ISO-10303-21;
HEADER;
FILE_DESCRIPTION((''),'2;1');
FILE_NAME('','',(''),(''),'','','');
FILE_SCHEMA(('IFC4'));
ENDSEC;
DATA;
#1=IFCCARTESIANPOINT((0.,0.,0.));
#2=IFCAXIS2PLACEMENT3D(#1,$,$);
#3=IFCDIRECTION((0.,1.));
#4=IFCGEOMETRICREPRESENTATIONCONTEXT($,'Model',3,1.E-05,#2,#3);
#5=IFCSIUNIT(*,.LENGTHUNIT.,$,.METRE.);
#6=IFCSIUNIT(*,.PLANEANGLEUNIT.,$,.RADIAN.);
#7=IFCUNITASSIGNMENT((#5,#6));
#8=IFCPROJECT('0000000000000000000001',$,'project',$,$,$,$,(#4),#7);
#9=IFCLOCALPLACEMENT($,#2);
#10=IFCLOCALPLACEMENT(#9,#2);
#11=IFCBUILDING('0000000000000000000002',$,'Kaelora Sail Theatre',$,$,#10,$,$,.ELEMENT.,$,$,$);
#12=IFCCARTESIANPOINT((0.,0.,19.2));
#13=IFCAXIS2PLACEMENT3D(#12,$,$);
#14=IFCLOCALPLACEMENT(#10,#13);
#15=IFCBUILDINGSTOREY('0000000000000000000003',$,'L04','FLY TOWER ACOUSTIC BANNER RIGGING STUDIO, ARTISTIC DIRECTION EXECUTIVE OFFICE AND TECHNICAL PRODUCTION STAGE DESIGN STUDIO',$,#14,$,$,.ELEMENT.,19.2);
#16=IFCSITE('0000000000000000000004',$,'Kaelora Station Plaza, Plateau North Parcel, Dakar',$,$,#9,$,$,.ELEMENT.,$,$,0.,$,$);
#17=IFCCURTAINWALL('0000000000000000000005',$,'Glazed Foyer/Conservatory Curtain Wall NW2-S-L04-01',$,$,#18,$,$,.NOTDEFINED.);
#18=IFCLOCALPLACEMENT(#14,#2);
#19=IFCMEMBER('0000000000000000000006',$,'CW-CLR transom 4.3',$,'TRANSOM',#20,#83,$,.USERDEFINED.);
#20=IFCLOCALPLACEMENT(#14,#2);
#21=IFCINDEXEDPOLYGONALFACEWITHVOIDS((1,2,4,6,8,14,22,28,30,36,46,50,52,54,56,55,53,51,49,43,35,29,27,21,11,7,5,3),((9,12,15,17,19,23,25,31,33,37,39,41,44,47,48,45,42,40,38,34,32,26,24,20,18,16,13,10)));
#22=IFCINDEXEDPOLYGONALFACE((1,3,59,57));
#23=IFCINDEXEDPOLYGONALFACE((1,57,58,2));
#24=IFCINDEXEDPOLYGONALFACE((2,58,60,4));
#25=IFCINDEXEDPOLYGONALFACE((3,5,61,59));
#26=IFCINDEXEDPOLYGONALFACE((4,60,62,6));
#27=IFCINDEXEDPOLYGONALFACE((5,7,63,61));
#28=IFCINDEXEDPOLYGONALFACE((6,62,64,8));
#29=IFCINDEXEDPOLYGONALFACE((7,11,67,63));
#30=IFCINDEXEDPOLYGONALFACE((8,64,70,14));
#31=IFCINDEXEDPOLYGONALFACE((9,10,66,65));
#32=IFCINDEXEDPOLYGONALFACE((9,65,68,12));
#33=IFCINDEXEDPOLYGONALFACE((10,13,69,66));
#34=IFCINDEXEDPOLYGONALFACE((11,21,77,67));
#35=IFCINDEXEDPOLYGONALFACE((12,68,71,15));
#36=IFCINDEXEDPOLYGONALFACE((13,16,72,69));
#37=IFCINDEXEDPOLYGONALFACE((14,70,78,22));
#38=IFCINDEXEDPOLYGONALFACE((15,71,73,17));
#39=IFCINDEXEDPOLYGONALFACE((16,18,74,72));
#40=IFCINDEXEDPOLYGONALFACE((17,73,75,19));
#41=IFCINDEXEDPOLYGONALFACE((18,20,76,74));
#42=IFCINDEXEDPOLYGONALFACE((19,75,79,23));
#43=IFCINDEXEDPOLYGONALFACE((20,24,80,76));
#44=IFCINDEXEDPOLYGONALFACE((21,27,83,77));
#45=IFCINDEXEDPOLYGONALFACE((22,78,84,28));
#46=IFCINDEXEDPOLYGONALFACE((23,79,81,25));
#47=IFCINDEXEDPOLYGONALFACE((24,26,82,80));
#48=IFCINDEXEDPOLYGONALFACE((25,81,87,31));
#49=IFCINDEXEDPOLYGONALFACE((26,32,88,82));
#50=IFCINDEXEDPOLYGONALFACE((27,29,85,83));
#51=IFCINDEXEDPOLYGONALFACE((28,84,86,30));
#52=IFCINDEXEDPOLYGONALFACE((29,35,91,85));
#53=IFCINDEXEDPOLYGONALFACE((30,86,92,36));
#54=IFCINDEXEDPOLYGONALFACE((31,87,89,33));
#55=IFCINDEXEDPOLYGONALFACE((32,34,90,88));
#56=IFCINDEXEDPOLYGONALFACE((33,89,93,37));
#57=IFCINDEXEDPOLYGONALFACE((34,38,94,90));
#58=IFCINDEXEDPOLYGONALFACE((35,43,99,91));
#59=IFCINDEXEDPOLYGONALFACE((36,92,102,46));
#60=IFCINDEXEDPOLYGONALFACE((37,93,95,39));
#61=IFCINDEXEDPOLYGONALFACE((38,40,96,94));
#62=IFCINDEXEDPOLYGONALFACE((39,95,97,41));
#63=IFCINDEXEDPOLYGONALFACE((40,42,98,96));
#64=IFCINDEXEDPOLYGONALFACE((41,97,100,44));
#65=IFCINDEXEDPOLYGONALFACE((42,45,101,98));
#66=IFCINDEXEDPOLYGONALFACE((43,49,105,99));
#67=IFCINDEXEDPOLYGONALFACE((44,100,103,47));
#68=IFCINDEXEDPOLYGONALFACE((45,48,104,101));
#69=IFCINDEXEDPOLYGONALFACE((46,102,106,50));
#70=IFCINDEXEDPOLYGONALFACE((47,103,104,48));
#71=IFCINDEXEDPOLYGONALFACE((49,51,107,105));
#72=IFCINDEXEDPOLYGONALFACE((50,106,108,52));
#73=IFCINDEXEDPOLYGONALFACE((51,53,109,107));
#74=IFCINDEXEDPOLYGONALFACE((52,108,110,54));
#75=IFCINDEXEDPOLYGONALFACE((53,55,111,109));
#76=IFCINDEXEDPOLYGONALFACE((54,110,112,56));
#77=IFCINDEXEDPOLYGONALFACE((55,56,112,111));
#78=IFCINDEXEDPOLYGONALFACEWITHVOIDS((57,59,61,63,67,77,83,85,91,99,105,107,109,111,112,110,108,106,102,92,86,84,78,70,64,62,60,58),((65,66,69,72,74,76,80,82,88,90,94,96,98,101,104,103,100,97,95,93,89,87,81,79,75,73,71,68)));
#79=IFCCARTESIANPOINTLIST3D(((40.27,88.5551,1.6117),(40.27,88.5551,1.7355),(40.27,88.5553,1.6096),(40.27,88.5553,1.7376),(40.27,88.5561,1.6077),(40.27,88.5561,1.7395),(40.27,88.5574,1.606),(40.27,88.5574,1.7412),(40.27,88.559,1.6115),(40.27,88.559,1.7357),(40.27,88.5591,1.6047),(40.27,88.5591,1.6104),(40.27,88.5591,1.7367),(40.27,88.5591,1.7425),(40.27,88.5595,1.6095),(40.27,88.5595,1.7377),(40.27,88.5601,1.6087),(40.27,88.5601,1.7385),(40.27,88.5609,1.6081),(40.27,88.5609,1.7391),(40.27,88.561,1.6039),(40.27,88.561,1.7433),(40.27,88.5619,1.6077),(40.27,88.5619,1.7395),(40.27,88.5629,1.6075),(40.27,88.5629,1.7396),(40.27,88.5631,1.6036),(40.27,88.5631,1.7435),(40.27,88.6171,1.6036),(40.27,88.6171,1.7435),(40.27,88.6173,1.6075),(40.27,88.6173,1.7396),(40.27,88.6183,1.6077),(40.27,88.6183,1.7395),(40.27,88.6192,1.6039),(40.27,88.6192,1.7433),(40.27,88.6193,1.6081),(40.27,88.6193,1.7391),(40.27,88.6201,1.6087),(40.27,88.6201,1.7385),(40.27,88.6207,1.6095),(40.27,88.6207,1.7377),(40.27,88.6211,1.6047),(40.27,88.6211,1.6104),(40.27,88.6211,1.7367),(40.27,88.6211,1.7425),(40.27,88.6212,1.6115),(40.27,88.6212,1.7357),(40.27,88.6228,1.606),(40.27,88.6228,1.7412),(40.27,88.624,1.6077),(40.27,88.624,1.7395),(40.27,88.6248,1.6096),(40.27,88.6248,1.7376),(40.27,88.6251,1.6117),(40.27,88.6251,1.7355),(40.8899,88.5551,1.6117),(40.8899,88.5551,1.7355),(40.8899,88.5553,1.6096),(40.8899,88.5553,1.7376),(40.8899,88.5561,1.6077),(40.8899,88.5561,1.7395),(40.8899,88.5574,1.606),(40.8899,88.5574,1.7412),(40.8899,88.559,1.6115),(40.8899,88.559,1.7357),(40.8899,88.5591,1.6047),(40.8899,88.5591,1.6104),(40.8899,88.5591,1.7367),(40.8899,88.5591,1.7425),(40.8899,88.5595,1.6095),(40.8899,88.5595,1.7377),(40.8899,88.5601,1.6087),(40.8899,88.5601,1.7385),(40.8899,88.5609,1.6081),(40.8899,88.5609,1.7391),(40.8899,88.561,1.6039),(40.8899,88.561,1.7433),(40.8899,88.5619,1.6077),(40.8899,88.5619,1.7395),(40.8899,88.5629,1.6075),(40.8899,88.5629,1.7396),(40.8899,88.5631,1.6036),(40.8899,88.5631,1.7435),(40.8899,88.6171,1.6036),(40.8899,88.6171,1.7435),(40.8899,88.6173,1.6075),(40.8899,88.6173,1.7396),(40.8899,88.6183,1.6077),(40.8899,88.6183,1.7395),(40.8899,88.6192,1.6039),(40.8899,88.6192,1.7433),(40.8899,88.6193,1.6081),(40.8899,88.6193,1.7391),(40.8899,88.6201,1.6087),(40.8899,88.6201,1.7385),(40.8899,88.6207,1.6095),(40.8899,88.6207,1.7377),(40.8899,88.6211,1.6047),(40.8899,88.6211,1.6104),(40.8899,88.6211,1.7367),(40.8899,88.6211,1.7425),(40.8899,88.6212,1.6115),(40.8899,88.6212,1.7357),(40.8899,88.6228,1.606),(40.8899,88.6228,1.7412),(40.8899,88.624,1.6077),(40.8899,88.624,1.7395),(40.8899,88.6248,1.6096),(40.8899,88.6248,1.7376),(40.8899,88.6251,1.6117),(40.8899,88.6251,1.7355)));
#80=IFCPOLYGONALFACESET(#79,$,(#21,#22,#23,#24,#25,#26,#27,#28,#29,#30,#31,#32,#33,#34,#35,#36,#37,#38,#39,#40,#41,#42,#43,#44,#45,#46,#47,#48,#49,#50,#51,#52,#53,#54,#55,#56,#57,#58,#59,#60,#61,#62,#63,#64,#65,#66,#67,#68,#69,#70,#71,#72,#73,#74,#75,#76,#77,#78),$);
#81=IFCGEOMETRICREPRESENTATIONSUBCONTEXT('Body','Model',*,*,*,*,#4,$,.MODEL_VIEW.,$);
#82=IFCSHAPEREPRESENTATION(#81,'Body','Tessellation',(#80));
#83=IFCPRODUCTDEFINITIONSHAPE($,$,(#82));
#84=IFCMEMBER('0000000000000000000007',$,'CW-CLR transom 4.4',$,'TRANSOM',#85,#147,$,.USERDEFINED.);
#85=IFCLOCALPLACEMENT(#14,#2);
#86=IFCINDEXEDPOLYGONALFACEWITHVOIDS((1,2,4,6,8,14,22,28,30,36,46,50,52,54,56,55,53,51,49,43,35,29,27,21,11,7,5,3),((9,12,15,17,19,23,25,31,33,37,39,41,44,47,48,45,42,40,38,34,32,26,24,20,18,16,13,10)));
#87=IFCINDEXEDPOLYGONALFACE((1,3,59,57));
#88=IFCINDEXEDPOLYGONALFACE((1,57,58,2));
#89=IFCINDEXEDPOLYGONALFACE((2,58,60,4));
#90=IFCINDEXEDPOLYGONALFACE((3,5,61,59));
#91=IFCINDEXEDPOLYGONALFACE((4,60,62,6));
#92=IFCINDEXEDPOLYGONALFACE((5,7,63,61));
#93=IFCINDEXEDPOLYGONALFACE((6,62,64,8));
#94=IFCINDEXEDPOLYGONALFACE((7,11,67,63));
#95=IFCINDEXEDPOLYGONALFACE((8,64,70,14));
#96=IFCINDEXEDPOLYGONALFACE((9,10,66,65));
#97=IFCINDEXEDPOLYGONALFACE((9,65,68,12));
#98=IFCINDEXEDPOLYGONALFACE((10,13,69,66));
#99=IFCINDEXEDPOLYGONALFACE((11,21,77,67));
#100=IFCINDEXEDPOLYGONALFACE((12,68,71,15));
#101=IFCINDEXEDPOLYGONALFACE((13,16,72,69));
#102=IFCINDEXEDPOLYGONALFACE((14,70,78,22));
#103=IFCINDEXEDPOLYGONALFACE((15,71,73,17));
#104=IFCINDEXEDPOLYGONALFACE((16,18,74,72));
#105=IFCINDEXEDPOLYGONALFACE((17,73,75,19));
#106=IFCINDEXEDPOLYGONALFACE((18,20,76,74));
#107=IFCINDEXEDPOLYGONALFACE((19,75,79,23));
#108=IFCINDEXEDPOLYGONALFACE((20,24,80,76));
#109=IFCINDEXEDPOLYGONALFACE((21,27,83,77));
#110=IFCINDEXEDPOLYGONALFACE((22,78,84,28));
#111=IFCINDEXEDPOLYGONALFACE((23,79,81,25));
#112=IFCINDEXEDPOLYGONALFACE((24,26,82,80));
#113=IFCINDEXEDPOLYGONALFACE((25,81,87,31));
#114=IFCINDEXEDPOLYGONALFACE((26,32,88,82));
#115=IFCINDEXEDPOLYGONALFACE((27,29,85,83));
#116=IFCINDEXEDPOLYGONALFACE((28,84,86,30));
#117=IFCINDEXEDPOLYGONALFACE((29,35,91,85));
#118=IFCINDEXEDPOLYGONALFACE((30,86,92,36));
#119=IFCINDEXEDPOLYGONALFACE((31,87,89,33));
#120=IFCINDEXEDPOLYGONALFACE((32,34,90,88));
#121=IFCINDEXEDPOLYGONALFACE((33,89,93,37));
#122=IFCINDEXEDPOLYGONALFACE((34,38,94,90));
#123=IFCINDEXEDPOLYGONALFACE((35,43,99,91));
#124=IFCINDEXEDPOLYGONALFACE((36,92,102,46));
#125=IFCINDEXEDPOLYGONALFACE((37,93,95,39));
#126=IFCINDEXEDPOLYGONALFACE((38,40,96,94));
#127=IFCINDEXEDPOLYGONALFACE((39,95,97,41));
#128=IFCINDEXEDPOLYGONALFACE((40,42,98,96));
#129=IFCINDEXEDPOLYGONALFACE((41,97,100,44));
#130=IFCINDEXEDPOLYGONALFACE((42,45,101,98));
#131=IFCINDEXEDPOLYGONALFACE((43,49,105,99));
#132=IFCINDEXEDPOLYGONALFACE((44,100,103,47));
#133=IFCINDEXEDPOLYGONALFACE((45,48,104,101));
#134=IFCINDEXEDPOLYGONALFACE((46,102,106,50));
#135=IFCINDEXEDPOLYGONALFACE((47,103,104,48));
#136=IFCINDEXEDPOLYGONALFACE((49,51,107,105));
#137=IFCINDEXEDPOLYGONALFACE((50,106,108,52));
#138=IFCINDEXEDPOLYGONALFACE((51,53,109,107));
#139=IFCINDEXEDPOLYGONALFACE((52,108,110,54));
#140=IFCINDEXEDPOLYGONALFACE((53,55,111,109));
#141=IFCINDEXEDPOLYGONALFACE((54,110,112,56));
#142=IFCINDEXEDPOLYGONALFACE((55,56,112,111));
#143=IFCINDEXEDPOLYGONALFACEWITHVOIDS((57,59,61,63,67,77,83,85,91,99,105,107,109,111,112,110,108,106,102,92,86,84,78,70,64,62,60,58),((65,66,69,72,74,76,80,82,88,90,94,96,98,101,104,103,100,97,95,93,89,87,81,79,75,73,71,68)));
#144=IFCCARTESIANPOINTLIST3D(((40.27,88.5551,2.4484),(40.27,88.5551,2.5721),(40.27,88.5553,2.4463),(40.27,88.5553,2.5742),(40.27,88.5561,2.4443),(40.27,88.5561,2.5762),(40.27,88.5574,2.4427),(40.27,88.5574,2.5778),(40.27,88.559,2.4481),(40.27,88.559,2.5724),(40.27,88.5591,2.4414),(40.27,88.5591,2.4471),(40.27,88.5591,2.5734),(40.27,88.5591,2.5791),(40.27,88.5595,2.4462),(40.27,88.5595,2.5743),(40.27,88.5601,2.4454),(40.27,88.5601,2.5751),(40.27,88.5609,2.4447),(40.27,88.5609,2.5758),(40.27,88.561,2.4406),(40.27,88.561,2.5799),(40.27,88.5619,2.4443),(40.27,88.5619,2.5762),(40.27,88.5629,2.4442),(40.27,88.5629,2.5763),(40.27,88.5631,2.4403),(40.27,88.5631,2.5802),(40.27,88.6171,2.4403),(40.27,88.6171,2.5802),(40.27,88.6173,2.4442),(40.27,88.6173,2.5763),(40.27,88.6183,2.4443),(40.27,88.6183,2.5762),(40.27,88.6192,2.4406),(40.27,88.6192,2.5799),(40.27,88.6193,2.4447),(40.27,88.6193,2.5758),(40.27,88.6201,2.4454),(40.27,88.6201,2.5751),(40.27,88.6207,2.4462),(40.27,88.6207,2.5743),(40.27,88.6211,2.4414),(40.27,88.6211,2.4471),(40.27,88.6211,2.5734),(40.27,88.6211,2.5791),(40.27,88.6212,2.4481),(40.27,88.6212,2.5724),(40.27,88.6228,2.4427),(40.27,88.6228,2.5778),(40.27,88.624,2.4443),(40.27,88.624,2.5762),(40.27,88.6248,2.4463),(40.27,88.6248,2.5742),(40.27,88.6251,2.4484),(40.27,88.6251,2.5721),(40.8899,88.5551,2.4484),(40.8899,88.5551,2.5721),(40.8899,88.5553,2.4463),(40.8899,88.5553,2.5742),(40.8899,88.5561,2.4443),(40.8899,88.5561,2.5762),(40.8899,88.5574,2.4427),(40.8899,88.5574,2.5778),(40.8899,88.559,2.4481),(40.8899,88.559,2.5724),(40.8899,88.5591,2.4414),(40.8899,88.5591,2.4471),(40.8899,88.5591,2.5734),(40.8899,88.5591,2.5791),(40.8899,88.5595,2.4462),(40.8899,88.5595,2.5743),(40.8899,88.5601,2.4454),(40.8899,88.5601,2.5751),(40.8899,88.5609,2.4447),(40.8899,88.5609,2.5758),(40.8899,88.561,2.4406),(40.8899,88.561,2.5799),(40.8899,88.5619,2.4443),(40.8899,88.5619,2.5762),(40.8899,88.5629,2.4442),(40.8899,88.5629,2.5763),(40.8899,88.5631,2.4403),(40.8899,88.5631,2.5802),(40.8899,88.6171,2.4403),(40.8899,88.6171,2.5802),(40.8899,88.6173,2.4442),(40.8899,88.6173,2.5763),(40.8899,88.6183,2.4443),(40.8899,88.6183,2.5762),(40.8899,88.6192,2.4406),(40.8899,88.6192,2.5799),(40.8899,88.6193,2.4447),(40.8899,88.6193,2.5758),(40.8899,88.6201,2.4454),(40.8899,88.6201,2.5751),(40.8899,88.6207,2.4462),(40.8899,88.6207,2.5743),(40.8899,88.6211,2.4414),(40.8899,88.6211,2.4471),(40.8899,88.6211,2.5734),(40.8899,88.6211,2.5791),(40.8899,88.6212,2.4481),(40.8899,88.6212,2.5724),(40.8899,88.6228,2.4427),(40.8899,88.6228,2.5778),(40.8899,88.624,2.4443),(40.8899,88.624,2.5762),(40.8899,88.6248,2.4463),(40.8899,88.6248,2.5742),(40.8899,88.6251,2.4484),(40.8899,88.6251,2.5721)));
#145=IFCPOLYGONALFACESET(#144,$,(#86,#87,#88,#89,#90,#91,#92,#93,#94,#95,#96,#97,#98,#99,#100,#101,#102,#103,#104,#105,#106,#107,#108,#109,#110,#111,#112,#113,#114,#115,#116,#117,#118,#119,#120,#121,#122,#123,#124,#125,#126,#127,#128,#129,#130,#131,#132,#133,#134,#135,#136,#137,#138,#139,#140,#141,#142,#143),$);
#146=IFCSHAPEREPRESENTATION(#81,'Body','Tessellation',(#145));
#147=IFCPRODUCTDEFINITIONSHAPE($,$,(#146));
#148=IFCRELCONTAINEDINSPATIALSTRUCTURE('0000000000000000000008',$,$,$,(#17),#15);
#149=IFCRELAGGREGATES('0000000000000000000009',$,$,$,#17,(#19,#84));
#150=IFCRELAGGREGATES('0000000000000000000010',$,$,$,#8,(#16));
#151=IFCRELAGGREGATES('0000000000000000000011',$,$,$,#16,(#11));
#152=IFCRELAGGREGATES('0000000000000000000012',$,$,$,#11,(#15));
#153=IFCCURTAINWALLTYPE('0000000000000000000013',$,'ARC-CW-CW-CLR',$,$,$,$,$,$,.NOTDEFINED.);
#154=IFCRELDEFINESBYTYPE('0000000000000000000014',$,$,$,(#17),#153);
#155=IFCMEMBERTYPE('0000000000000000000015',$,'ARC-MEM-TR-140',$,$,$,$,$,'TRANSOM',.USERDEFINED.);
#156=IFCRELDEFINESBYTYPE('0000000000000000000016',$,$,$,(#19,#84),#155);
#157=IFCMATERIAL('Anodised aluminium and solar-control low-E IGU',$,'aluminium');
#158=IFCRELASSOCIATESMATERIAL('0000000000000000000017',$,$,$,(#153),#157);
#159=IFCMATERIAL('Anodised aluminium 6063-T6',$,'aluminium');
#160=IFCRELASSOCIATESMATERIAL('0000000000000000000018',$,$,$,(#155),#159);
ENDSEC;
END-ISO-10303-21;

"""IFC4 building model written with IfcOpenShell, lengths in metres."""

from ifc_helpers import new_model, si_unit, direction, frame, origin, origin_2d, place, context, subcontext, project, spatial, hollow_rectangle, extrude, material, material_profile, profile_set, type_object, element, aggregate, save


model = new_model("IFC4")

# Units and contexts
model_context = context("Model", 3, precision=1e-05, world=origin(), true_north=direction((0.0, 1.0)))
body_context = subcontext(model_context, "Body", "Model", "MODEL_VIEW")
ifc_project = project(units=[si_unit("LENGTHUNIT", "METRE"), si_unit("PLANEANGLEUNIT", "RADIAN")], contexts=[model_context])

# Site, building, storey
site_placement = place(None, origin())
site = spatial("IfcSite", under=ifc_project, at=site_placement, Name="Kaelora Station Plaza, Plateau North Parcel, Dakar", CompositionType="ELEMENT", RefElevation=0.0)
building_placement = place(site_placement, origin())
building = spatial("IfcBuilding", under=site, at=building_placement, Name="Kaelora Sail Theatre", CompositionType="ELEMENT")
storey_placement = place(building_placement, frame((0.0, 0.0, 19.2)))
storey = spatial("IfcBuildingStorey", under=building, at=storey_placement, Name="L04", Description="FLY TOWER ACOUSTIC BANNER RIGGING STUDIO, ARTISTIC DIRECTION EXECUTIVE OFFICE AND TECHNICAL PRODUCTION STAGE DESIGN STUDIO", CompositionType="ELEMENT", Elevation=19.2)

# Curtain wall, members
ifc_material_1 = material(Name="Anodised aluminium and solar-control low-E IGU", Category="aluminium")
curtain_wall_type = type_object("IfcCurtainWallType", Name="ARC-CW-CW-CLR", PredefinedType="NOTDEFINED", material=ifc_material_1)
curtain_wall_placement = place(storey_placement, origin())
curtain_wall = element("IfcCurtainWall", 1, at=curtain_wall_placement, inside=storey, type_object=curtain_wall_type, Name="Glazed Foyer/Conservatory Curtain Wall NW2-S-L04-01", PredefinedType="NOTDEFINED")
ifc_material_2 = material(Name="Anodised aluminium 6063-T6", Category="aluminium")
ifc_material_profile_1 = material_profile(ifc_material_2, hollow_rectangle(XDim=0.0701, YDim=0.1399, WallThickness=0.0039, InnerFilletRadius=0.0039, OuterFilletRadius=0.0081, at=origin_2d()), Name="ALU-TRAN 70x140x4")
ifc_profile_set_1 = profile_set([ifc_material_profile_1], Name="Anodised aluminium 6063-T6")
member_type_1 = type_object("IfcMemberType", Name="ARC-MEM-TR-140", ElementType="TRANSOM", PredefinedType="USERDEFINED", material=ifc_profile_set_1)
member_1_placement = place(storey_placement, frame((40.27, 88.5901, 1.6736), z_axis=(1.0, 0.0, 0.0), x_axis=(0.0, 1.0, 0.0)))
member_1 = element("IfcMember", 2, at=member_1_placement, type_object=member_type_1, Name="CW-CLR transom 4.3", ObjectType="TRANSOM", PredefinedType="USERDEFINED", context=body_context, shape_type="SweptSolid", body=[
    extrude(hollow_rectangle(XDim=0.0701, YDim=0.1399, WallThickness=0.0039, InnerFilletRadius=0.0039, OuterFilletRadius=0.0081, at=origin_2d()), origin(), (0.0, 0.0, 1.0), 0.6199),
])
member_2_placement = place(storey_placement, frame((40.27, 88.5901, 2.5103), z_axis=(1.0, 0.0, 0.0), x_axis=(0.0, 1.0, 0.0)))
member_2 = element("IfcMember", 3, at=member_2_placement, type_object=member_type_1, Name="CW-CLR transom 4.4", ObjectType="TRANSOM", PredefinedType="USERDEFINED", context=body_context, shape_type="SweptSolid", body=[
    extrude(hollow_rectangle(XDim=0.0701, YDim=0.1399, WallThickness=0.0039, InnerFilletRadius=0.0039, OuterFilletRadius=0.0081, at=origin_2d()), origin(), (0.0, 0.0, 1.0), 0.6199),
])

aggregate(curtain_wall, [member_1, member_2])

save(model, "model.ifc")
